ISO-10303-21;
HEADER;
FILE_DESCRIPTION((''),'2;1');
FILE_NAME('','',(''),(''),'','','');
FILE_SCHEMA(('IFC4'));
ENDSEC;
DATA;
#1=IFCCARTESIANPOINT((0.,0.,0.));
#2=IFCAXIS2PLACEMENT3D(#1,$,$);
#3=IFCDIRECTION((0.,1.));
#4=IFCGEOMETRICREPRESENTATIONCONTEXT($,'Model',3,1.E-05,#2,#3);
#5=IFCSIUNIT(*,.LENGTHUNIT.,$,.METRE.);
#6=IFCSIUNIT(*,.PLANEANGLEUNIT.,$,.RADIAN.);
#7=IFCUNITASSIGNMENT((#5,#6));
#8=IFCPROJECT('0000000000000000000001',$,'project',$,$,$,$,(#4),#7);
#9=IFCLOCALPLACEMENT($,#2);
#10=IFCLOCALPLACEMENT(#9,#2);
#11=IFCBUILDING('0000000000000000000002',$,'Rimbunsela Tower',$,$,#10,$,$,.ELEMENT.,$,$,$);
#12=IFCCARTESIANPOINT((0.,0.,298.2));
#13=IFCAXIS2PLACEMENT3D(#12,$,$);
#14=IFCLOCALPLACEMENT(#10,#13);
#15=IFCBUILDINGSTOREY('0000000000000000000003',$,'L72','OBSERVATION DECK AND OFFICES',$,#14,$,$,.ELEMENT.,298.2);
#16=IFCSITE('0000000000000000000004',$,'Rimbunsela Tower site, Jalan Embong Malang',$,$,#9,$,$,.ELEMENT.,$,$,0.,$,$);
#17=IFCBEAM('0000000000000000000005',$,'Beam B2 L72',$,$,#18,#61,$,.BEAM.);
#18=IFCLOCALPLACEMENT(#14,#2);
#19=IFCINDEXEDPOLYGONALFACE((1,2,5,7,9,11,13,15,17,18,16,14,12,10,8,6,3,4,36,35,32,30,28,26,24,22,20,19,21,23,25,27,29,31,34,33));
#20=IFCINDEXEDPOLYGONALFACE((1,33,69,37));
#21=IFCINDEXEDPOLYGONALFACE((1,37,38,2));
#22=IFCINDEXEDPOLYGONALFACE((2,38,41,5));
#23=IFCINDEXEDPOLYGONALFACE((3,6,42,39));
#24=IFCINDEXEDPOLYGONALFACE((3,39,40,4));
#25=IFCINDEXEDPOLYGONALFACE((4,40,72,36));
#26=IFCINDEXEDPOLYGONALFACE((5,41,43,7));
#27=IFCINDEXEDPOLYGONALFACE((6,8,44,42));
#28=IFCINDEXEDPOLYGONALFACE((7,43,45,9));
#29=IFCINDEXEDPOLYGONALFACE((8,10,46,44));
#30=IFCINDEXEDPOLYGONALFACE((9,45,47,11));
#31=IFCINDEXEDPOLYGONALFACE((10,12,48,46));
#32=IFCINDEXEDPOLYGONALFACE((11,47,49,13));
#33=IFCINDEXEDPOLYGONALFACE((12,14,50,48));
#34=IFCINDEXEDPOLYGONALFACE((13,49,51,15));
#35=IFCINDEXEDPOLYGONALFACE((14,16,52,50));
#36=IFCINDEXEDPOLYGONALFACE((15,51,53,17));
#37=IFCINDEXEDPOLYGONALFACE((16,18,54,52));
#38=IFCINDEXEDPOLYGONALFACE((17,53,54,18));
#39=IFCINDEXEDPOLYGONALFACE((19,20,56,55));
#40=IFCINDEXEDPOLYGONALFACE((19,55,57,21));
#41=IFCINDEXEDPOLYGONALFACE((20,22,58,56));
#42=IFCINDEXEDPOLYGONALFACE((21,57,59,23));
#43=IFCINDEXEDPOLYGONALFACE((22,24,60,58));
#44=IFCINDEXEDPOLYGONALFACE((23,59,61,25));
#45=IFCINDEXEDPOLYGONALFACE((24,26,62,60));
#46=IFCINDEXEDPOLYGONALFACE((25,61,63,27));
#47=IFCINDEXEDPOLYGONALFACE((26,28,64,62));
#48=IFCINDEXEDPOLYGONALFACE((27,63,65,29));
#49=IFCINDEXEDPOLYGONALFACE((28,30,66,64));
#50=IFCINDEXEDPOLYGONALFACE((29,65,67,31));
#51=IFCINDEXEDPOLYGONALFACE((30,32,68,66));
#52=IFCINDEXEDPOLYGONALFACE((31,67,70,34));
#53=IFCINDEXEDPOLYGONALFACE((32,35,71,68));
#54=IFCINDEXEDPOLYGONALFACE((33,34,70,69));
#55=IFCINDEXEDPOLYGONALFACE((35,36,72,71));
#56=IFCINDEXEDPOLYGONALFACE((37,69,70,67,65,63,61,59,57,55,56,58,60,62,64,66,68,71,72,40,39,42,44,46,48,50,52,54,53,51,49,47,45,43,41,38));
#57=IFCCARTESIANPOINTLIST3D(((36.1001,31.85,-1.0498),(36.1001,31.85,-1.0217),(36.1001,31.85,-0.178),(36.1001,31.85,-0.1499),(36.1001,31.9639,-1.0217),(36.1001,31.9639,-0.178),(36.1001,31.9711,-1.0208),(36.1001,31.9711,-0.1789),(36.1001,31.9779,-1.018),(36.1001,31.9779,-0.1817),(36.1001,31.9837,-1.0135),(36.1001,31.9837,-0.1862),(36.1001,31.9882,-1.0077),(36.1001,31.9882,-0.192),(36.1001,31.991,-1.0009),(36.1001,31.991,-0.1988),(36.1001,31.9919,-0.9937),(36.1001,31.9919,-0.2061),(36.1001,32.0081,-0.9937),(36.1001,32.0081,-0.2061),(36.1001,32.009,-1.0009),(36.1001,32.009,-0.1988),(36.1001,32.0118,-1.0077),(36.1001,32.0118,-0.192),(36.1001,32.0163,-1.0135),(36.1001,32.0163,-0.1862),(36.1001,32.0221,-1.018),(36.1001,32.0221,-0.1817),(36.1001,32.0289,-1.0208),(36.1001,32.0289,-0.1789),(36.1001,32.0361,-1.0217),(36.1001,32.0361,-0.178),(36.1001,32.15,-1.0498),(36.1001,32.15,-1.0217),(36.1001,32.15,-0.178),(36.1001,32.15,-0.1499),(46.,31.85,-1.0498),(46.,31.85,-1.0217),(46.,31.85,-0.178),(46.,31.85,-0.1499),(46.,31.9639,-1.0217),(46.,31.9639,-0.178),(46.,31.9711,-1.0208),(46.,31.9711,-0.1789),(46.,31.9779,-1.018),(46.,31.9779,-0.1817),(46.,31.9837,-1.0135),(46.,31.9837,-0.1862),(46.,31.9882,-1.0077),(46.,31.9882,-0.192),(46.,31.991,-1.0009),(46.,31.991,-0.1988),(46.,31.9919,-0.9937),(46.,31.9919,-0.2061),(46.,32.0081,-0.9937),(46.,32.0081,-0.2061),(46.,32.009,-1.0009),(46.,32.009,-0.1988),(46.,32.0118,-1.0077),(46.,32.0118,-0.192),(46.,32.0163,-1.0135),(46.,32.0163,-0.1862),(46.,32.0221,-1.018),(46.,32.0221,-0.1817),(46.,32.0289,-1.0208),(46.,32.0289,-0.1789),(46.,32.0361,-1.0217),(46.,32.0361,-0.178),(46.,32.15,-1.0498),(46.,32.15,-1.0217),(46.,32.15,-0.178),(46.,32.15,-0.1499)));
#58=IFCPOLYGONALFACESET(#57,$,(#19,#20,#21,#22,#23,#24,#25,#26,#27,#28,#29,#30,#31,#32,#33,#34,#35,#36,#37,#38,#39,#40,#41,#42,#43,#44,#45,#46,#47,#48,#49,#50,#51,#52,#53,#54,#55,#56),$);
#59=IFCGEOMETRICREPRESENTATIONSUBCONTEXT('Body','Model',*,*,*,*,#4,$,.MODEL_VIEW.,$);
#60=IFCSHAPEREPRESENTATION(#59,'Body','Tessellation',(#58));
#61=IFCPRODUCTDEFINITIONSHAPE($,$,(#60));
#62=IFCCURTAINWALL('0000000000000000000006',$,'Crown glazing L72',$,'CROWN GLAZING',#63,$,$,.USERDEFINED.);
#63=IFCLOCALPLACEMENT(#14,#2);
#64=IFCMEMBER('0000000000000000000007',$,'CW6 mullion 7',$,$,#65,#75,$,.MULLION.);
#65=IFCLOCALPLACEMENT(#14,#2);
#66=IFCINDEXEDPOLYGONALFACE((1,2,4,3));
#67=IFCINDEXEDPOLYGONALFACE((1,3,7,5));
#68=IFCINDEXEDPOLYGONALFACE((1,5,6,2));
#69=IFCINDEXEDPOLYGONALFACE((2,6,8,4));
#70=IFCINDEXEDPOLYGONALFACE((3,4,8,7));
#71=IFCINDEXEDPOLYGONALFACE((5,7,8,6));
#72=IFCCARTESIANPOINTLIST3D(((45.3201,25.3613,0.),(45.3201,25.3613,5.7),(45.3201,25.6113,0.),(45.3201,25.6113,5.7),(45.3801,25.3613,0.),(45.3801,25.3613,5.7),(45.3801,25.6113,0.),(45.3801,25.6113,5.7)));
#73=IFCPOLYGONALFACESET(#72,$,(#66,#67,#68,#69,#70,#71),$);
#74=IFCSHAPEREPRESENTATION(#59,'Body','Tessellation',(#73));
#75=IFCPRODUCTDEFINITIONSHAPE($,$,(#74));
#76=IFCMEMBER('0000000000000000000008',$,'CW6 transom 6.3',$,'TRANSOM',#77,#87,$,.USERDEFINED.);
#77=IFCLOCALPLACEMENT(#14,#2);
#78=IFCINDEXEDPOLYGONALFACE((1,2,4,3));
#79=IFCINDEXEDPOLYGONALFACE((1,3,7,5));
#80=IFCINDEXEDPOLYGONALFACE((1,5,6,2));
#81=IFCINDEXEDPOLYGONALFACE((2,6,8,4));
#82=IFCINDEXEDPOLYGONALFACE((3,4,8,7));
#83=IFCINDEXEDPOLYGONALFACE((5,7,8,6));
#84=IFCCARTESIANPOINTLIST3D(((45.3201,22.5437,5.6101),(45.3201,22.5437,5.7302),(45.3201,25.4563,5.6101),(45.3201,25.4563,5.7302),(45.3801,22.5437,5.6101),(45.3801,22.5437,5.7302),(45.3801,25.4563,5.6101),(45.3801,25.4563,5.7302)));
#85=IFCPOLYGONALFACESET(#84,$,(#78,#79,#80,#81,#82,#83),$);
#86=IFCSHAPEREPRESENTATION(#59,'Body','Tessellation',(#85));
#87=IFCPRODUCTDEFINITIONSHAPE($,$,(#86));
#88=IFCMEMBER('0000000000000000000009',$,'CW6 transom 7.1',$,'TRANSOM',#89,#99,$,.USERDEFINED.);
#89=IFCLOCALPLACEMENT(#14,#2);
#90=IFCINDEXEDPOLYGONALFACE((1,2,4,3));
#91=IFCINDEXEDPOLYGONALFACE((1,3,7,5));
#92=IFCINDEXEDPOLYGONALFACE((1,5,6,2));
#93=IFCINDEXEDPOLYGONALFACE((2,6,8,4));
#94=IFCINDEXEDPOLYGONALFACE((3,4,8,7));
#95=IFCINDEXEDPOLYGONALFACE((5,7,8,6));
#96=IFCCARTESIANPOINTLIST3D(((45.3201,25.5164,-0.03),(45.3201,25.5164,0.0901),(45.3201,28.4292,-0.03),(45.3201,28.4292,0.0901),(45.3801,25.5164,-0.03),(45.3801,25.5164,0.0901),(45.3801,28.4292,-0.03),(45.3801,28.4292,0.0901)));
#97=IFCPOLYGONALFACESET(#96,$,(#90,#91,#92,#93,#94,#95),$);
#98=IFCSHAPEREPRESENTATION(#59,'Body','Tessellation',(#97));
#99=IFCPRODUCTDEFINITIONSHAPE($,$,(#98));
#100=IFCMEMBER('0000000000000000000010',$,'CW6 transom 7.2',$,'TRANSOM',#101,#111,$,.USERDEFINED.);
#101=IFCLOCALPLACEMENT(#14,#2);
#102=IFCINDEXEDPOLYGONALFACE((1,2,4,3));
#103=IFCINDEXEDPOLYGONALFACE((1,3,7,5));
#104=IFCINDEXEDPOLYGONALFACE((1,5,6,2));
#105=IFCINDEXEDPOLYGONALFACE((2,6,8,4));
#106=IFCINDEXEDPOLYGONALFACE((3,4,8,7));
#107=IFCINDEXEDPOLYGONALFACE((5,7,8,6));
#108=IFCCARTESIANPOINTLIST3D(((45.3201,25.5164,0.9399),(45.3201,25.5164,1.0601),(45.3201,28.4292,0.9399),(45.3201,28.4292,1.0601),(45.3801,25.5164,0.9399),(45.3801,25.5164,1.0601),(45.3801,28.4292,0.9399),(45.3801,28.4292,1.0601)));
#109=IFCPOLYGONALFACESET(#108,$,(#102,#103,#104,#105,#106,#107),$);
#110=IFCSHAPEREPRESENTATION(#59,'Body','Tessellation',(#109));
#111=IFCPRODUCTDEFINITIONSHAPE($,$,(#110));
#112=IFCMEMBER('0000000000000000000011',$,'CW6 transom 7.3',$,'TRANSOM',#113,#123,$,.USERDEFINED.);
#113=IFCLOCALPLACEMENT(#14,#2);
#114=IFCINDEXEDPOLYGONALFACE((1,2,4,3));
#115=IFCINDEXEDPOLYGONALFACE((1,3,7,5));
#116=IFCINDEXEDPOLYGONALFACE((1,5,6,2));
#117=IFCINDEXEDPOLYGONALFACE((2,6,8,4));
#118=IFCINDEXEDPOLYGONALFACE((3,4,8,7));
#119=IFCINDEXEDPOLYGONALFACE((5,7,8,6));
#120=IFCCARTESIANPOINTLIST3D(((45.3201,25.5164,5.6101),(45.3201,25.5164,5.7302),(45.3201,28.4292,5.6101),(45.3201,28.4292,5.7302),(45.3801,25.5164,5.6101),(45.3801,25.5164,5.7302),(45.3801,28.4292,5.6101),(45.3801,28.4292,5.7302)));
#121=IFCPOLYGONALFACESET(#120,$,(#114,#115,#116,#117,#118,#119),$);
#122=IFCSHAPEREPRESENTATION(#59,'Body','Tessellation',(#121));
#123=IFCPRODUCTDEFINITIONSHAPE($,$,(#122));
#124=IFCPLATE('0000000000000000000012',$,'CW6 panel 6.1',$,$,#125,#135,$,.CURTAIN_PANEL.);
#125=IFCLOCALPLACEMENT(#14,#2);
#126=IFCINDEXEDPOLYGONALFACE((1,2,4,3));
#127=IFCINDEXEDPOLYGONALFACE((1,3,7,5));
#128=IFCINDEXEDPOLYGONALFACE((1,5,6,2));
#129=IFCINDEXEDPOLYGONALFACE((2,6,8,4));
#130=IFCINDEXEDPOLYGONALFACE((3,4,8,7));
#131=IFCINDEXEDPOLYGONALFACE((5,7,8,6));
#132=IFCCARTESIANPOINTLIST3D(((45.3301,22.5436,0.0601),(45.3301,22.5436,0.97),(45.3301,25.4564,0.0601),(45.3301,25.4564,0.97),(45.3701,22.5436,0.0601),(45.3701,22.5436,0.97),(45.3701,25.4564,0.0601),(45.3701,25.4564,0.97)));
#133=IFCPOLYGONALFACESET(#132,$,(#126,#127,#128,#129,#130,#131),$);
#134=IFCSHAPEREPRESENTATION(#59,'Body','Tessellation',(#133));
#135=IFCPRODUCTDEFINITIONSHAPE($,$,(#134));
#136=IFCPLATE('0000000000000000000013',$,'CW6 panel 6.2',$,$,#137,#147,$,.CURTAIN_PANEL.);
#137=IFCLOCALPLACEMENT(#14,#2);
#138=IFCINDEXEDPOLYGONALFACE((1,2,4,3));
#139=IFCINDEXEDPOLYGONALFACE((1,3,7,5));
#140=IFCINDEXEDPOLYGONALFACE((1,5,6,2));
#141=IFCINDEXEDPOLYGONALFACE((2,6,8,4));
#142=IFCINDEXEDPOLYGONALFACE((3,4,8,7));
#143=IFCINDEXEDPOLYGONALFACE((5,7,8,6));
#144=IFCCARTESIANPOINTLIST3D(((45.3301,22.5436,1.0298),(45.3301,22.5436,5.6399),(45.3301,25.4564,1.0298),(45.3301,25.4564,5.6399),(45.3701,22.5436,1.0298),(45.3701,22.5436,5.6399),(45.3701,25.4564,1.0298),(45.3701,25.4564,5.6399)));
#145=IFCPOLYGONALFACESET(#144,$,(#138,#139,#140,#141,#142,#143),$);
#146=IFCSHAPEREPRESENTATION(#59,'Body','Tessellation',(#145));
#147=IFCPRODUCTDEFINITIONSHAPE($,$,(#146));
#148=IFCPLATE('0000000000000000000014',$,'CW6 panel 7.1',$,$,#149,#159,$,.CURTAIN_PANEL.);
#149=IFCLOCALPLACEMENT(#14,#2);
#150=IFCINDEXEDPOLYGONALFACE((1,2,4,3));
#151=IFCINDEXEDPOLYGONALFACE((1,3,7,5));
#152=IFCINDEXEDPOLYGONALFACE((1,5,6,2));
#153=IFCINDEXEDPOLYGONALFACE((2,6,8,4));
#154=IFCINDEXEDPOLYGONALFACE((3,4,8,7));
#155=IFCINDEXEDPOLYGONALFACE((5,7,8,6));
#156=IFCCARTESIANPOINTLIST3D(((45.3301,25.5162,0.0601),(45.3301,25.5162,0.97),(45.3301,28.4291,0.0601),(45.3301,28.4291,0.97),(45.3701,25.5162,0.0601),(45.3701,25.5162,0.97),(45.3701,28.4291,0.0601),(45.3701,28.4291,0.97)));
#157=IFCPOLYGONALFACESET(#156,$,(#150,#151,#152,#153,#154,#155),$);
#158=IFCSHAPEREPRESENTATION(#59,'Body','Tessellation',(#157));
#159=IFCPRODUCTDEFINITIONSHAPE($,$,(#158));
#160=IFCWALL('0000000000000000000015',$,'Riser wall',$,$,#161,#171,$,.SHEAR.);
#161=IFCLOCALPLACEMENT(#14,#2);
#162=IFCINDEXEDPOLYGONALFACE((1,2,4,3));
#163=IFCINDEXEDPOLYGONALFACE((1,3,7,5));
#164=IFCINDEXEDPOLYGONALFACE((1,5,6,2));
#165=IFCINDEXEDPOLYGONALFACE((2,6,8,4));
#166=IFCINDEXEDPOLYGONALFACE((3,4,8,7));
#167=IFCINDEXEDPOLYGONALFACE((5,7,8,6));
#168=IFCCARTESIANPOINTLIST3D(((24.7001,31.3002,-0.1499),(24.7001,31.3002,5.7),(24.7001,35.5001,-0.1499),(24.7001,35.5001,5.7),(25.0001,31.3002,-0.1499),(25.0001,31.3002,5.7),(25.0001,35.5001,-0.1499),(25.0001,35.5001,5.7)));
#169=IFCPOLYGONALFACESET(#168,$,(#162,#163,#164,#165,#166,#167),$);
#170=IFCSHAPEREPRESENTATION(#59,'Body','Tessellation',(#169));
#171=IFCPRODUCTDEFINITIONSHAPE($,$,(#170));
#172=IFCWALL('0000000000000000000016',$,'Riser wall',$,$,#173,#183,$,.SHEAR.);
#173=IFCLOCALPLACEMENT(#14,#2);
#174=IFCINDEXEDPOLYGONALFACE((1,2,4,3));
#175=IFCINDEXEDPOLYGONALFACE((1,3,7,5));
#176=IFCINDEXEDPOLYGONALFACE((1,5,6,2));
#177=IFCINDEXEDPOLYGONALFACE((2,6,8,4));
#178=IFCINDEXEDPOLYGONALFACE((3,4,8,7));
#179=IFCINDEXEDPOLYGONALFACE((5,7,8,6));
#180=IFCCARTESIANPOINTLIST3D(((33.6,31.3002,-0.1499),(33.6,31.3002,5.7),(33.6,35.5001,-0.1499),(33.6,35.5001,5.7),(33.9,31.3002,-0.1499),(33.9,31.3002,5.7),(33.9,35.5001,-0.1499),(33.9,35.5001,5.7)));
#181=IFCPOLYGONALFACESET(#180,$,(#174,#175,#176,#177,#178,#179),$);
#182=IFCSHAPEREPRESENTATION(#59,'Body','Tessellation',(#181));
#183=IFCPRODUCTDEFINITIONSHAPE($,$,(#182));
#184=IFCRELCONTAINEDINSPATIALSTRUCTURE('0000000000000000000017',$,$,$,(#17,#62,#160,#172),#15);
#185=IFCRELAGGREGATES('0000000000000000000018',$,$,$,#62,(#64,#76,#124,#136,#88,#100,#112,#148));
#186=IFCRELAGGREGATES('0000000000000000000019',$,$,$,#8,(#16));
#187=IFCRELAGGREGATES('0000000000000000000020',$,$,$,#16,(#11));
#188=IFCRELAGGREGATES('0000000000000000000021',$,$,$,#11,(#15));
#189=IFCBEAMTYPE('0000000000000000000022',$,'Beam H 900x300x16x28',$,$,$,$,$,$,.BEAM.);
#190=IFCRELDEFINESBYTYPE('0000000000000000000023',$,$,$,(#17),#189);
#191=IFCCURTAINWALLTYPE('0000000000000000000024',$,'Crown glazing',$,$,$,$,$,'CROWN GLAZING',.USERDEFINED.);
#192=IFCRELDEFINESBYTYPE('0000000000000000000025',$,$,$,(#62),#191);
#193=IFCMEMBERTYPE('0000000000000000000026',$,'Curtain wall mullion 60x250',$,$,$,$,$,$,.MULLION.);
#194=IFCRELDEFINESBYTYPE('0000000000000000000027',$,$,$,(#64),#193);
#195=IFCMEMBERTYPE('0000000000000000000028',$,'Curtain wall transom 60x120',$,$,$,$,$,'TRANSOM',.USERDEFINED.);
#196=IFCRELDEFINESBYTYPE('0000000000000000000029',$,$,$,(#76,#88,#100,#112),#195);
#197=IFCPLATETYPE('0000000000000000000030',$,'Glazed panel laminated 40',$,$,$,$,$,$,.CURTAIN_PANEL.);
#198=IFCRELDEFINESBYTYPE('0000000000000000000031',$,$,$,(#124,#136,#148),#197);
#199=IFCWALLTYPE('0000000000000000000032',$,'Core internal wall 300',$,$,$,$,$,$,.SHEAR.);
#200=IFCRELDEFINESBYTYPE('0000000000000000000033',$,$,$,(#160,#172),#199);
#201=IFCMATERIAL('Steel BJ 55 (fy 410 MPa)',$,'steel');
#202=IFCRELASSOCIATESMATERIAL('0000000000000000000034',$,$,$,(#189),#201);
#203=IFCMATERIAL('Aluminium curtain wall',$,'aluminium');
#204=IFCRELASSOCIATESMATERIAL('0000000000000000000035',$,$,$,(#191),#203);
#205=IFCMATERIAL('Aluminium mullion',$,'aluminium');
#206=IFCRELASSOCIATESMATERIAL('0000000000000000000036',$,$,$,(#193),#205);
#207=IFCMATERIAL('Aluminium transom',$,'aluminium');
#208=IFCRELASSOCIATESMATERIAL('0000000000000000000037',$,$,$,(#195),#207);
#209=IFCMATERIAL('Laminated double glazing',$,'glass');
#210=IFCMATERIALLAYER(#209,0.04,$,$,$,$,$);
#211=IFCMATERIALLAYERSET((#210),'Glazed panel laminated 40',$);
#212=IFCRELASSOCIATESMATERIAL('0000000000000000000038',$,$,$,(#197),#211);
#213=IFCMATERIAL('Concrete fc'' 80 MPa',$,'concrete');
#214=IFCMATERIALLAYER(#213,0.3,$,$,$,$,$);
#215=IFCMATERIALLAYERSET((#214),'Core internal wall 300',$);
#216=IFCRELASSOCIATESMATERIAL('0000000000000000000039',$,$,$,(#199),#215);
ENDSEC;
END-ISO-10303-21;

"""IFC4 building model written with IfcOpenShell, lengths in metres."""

from ifc_helpers import new_model, si_unit, direction, frame, frame_2d, origin, origin_2d, place, context, subcontext, project, spatial, rectangle, i_section, extrude, material, layer, layer_set, material_profile, profile_set, type_object, element, aggregate, save


model = new_model("IFC4")

# Units and contexts
model_context = context("Model", 3, precision=1e-05, world=origin(), true_north=direction((0.0, 1.0)))
body_context = subcontext(model_context, "Body", "Model", "MODEL_VIEW")
ifc_project = project(units=[si_unit("LENGTHUNIT", "METRE"), si_unit("PLANEANGLEUNIT", "RADIAN")], contexts=[model_context])

# Site, building, storey
site_placement = place(None, origin())
site = spatial("IfcSite", under=ifc_project, at=site_placement, Name="Rimbunsela Tower site, Jalan Embong Malang", CompositionType="ELEMENT", RefElevation=0.0)
building_placement = place(site_placement, origin())
building = spatial("IfcBuilding", under=site, at=building_placement, Name="Rimbunsela Tower", CompositionType="ELEMENT")
storey_placement = place(building_placement, frame((0.0, 0.0, 298.2)))
storey = spatial("IfcBuildingStorey", under=building, at=storey_placement, Name="L72", Description="OBSERVATION DECK AND OFFICES", CompositionType="ELEMENT", Elevation=298.2)

# Beam
ifc_material_1 = material(Name="Steel BJ 55 (fy 410 MPa)", Category="steel")
ifc_material_profile_1 = material_profile(ifc_material_1, i_section(OverallWidth=0.3, OverallDepth=0.8999, WebThickness=0.0161, FlangeThickness=0.0281, FilletRadius=0.0281, at=origin_2d()), Name="H 900x300x16x28")
ifc_profile_set_1 = profile_set([ifc_material_profile_1], Name="Steel BJ 55 (fy 410 MPa)")
beam_type_1 = type_object("IfcBeamType", Name="Beam H 900x300x16x28", PredefinedType="BEAM", material=ifc_profile_set_1)
for number, where, z_axis, x_axis, name in (
    (1, (36.1001, 32.0, -0.5999), (1.0, 0.0, 0.0), (0.0, 1.0, 0.0), "Beam B2 L72"),
):
    element("IfcBeam", number, at=place(storey_placement, frame(where, z_axis=z_axis, x_axis=x_axis)), inside=storey, type_object=beam_type_1, Name=name, PredefinedType="BEAM", context=body_context, shape_type="SweptSolid", body=[
        extrude(i_section(OverallWidth=0.3, OverallDepth=0.8999, WebThickness=0.0161, FlangeThickness=0.0281, FilletRadius=0.0281, at=origin_2d()), origin(), (0.0, 0.0, 1.0), 9.8999),
    ])

# Curtain wall, members, plates
ifc_material_2 = material(Name="Aluminium curtain wall", Category="aluminium")
curtain_wall_type = type_object("IfcCurtainWallType", Name="Crown glazing", ElementType="CROWN GLAZING", PredefinedType="USERDEFINED", material=ifc_material_2)
curtain_wall_placement = place(storey_placement, origin())
curtain_wall = element("IfcCurtainWall", 2, at=curtain_wall_placement, inside=storey, type_object=curtain_wall_type, Name="Crown glazing L72", ObjectType="CROWN GLAZING", PredefinedType="USERDEFINED")
ifc_material_3 = material(Name="Aluminium mullion", Category="aluminium")
ifc_material_profile_2 = material_profile(ifc_material_3, rectangle(XDim=0.0601, YDim=0.25, at=origin_2d()), Name="Mullion 60x250")
ifc_profile_set_2 = profile_set([ifc_material_profile_2], Name="Aluminium mullion")
member_type_1 = type_object("IfcMemberType", Name="Curtain wall mullion 60x250", PredefinedType="MULLION", material=ifc_profile_set_2)
member_1_placement = place(storey_placement, frame((45.3501, 25.4863, 0.0), z_axis=(0.0, 0.0, 1.0), x_axis=(-1.0, 0.0, 0.0)))
member_1 = element("IfcMember", 3, at=member_1_placement, type_object=member_type_1, Name="CW6 mullion 7", PredefinedType="MULLION", context=body_context, shape_type="SweptSolid", body=[
    extrude(rectangle(XDim=0.0601, YDim=0.25, at=origin_2d()), origin(), (0.0, 0.0, 1.0), 5.7),
])
ifc_material_4 = material(Name="Aluminium transom", Category="aluminium")
ifc_material_profile_3 = material_profile(ifc_material_4, rectangle(XDim=0.0601, YDim=0.1201, at=origin_2d()), Name="Transom 60x120")
ifc_profile_set_3 = profile_set([ifc_material_profile_3], Name="Aluminium transom")
member_type_2 = type_object("IfcMemberType", Name="Curtain wall transom 60x120", ElementType="TRANSOM", PredefinedType="USERDEFINED", material=ifc_profile_set_3)
member_2_placement = place(storey_placement, frame((45.3501, 22.5437, 5.6702), z_axis=(0.0, 1.0, 0.0), x_axis=(-1.0, 0.0, 0.0)))
member_2 = element("IfcMember", 4, at=member_2_placement, type_object=member_type_2, Name="CW6 transom 6.3", ObjectType="TRANSOM", PredefinedType="USERDEFINED", context=body_context, shape_type="SweptSolid", body=[
    extrude(rectangle(XDim=0.0601, YDim=0.1201, at=origin_2d()), origin(), (0.0, 0.0, 1.0), 2.9126),
])
member_3_placement = place(storey_placement, frame((45.3501, 25.5164, 0.03), z_axis=(0.0, 1.0, 0.0), x_axis=(-1.0, 0.0, 0.0)))
member_3 = element("IfcMember", 5, at=member_3_placement, type_object=member_type_2, Name="CW6 transom 7.1", ObjectType="TRANSOM", PredefinedType="USERDEFINED", context=body_context, shape_type="SweptSolid", body=[
    extrude(rectangle(XDim=0.0601, YDim=0.1201, at=origin_2d()), origin(), (0.0, 0.0, 1.0), 2.9128),
])
member_4_placement = place(storey_placement, frame((45.3501, 25.5164, 1.0), z_axis=(0.0, 1.0, 0.0), x_axis=(-1.0, 0.0, 0.0)))
member_4 = element("IfcMember", 6, at=member_4_placement, type_object=member_type_2, Name="CW6 transom 7.2", ObjectType="TRANSOM", PredefinedType="USERDEFINED", context=body_context, shape_type="SweptSolid", body=[
    extrude(rectangle(XDim=0.0601, YDim=0.1201, at=origin_2d()), origin(), (0.0, 0.0, 1.0), 2.9128),
])
member_5_placement = place(storey_placement, frame((45.3501, 25.5164, 5.6702), z_axis=(0.0, 1.0, 0.0), x_axis=(-1.0, 0.0, 0.0)))
member_5 = element("IfcMember", 7, at=member_5_placement, type_object=member_type_2, Name="CW6 transom 7.3", ObjectType="TRANSOM", PredefinedType="USERDEFINED", context=body_context, shape_type="SweptSolid", body=[
    extrude(rectangle(XDim=0.0601, YDim=0.1201, at=origin_2d()), origin(), (0.0, 0.0, 1.0), 2.9128),
])
ifc_material_5 = material(Name="Laminated double glazing", Category="glass")
ifc_layer_1 = layer(ifc_material_5, 0.04)
ifc_layer_set_1 = layer_set([ifc_layer_1], Name="Glazed panel laminated 40")
plate_type = type_object("IfcPlateType", Name="Glazed panel laminated 40", PredefinedType="CURTAIN_PANEL", material=ifc_layer_set_1)
plate_1_placement = place(storey_placement, frame((45.3501, 24.0, 0.0601), z_axis=(0.0, 0.0, 1.0), x_axis=(0.0, 1.0, 0.0)))
plate_1 = element("IfcPlate", 8, at=plate_1_placement, type_object=plate_type, Name="CW6 panel 6.1", PredefinedType="CURTAIN_PANEL", context=body_context, shape_type="SweptSolid", body=[
    extrude(rectangle(XDim=2.9128, YDim=0.04, at=origin_2d()), origin(), (0.0, 0.0, 1.0), 0.9099),
])
plate_2_placement = place(storey_placement, frame((45.3501, 24.0, 1.0298), z_axis=(0.0, 0.0, 1.0), x_axis=(0.0, 1.0, 0.0)))
plate_2 = element("IfcPlate", 9, at=plate_2_placement, type_object=plate_type, Name="CW6 panel 6.2", PredefinedType="CURTAIN_PANEL", context=body_context, shape_type="SweptSolid", body=[
    extrude(rectangle(XDim=2.9128, YDim=0.04, at=origin_2d()), origin(), (0.0, 0.0, 1.0), 4.6101),
])
plate_3_placement = place(storey_placement, frame((45.3501, 26.9727, 0.0601), z_axis=(0.0, 0.0, 1.0), x_axis=(0.0, 1.0, 0.0)))
plate_3 = element("IfcPlate", 10, at=plate_3_placement, type_object=plate_type, Name="CW6 panel 7.1", PredefinedType="CURTAIN_PANEL", context=body_context, shape_type="SweptSolid", body=[
    extrude(rectangle(XDim=2.9128, YDim=0.04, at=origin_2d()), origin(), (0.0, 0.0, 1.0), 0.9099),
])
aggregate(curtain_wall, [member_1, member_2, plate_1, plate_2, member_3, member_4, member_5, plate_3])

# Walls
ifc_material_6 = material(Name="Concrete fc' 80 MPa", Category="concrete")
ifc_layer_2 = layer(ifc_material_6, 0.3)
ifc_layer_set_2 = layer_set([ifc_layer_2], Name="Core internal wall 300")
wall_type_1 = type_object("IfcWallType", Name="Core internal wall 300", PredefinedType="SHEAR", material=ifc_layer_set_2)
for number, where, z_axis, x_axis, name in (
    (11, (24.8501, 31.3, -0.1499), (0.0, 0.0, 1.0), (0.0, 1.0, 0.0), "Riser wall"),
    (12, (33.75, 31.3, -0.1499), (0.0, 0.0, 1.0), (0.0, 1.0, 0.0), "Riser wall"),
):
    element("IfcWall", number, at=place(storey_placement, frame(where, z_axis=z_axis, x_axis=x_axis)), inside=storey, type_object=wall_type_1, Name=name, PredefinedType="SHEAR", context=body_context, shape_type="SweptSolid", body=[
        extrude(rectangle(XDim=4.2, YDim=0.3, at=frame_2d((2.1001, 0.0))), origin(), (0.0, 0.0, 1.0), 5.8499),
    ])

save(model, "model.ifc")
